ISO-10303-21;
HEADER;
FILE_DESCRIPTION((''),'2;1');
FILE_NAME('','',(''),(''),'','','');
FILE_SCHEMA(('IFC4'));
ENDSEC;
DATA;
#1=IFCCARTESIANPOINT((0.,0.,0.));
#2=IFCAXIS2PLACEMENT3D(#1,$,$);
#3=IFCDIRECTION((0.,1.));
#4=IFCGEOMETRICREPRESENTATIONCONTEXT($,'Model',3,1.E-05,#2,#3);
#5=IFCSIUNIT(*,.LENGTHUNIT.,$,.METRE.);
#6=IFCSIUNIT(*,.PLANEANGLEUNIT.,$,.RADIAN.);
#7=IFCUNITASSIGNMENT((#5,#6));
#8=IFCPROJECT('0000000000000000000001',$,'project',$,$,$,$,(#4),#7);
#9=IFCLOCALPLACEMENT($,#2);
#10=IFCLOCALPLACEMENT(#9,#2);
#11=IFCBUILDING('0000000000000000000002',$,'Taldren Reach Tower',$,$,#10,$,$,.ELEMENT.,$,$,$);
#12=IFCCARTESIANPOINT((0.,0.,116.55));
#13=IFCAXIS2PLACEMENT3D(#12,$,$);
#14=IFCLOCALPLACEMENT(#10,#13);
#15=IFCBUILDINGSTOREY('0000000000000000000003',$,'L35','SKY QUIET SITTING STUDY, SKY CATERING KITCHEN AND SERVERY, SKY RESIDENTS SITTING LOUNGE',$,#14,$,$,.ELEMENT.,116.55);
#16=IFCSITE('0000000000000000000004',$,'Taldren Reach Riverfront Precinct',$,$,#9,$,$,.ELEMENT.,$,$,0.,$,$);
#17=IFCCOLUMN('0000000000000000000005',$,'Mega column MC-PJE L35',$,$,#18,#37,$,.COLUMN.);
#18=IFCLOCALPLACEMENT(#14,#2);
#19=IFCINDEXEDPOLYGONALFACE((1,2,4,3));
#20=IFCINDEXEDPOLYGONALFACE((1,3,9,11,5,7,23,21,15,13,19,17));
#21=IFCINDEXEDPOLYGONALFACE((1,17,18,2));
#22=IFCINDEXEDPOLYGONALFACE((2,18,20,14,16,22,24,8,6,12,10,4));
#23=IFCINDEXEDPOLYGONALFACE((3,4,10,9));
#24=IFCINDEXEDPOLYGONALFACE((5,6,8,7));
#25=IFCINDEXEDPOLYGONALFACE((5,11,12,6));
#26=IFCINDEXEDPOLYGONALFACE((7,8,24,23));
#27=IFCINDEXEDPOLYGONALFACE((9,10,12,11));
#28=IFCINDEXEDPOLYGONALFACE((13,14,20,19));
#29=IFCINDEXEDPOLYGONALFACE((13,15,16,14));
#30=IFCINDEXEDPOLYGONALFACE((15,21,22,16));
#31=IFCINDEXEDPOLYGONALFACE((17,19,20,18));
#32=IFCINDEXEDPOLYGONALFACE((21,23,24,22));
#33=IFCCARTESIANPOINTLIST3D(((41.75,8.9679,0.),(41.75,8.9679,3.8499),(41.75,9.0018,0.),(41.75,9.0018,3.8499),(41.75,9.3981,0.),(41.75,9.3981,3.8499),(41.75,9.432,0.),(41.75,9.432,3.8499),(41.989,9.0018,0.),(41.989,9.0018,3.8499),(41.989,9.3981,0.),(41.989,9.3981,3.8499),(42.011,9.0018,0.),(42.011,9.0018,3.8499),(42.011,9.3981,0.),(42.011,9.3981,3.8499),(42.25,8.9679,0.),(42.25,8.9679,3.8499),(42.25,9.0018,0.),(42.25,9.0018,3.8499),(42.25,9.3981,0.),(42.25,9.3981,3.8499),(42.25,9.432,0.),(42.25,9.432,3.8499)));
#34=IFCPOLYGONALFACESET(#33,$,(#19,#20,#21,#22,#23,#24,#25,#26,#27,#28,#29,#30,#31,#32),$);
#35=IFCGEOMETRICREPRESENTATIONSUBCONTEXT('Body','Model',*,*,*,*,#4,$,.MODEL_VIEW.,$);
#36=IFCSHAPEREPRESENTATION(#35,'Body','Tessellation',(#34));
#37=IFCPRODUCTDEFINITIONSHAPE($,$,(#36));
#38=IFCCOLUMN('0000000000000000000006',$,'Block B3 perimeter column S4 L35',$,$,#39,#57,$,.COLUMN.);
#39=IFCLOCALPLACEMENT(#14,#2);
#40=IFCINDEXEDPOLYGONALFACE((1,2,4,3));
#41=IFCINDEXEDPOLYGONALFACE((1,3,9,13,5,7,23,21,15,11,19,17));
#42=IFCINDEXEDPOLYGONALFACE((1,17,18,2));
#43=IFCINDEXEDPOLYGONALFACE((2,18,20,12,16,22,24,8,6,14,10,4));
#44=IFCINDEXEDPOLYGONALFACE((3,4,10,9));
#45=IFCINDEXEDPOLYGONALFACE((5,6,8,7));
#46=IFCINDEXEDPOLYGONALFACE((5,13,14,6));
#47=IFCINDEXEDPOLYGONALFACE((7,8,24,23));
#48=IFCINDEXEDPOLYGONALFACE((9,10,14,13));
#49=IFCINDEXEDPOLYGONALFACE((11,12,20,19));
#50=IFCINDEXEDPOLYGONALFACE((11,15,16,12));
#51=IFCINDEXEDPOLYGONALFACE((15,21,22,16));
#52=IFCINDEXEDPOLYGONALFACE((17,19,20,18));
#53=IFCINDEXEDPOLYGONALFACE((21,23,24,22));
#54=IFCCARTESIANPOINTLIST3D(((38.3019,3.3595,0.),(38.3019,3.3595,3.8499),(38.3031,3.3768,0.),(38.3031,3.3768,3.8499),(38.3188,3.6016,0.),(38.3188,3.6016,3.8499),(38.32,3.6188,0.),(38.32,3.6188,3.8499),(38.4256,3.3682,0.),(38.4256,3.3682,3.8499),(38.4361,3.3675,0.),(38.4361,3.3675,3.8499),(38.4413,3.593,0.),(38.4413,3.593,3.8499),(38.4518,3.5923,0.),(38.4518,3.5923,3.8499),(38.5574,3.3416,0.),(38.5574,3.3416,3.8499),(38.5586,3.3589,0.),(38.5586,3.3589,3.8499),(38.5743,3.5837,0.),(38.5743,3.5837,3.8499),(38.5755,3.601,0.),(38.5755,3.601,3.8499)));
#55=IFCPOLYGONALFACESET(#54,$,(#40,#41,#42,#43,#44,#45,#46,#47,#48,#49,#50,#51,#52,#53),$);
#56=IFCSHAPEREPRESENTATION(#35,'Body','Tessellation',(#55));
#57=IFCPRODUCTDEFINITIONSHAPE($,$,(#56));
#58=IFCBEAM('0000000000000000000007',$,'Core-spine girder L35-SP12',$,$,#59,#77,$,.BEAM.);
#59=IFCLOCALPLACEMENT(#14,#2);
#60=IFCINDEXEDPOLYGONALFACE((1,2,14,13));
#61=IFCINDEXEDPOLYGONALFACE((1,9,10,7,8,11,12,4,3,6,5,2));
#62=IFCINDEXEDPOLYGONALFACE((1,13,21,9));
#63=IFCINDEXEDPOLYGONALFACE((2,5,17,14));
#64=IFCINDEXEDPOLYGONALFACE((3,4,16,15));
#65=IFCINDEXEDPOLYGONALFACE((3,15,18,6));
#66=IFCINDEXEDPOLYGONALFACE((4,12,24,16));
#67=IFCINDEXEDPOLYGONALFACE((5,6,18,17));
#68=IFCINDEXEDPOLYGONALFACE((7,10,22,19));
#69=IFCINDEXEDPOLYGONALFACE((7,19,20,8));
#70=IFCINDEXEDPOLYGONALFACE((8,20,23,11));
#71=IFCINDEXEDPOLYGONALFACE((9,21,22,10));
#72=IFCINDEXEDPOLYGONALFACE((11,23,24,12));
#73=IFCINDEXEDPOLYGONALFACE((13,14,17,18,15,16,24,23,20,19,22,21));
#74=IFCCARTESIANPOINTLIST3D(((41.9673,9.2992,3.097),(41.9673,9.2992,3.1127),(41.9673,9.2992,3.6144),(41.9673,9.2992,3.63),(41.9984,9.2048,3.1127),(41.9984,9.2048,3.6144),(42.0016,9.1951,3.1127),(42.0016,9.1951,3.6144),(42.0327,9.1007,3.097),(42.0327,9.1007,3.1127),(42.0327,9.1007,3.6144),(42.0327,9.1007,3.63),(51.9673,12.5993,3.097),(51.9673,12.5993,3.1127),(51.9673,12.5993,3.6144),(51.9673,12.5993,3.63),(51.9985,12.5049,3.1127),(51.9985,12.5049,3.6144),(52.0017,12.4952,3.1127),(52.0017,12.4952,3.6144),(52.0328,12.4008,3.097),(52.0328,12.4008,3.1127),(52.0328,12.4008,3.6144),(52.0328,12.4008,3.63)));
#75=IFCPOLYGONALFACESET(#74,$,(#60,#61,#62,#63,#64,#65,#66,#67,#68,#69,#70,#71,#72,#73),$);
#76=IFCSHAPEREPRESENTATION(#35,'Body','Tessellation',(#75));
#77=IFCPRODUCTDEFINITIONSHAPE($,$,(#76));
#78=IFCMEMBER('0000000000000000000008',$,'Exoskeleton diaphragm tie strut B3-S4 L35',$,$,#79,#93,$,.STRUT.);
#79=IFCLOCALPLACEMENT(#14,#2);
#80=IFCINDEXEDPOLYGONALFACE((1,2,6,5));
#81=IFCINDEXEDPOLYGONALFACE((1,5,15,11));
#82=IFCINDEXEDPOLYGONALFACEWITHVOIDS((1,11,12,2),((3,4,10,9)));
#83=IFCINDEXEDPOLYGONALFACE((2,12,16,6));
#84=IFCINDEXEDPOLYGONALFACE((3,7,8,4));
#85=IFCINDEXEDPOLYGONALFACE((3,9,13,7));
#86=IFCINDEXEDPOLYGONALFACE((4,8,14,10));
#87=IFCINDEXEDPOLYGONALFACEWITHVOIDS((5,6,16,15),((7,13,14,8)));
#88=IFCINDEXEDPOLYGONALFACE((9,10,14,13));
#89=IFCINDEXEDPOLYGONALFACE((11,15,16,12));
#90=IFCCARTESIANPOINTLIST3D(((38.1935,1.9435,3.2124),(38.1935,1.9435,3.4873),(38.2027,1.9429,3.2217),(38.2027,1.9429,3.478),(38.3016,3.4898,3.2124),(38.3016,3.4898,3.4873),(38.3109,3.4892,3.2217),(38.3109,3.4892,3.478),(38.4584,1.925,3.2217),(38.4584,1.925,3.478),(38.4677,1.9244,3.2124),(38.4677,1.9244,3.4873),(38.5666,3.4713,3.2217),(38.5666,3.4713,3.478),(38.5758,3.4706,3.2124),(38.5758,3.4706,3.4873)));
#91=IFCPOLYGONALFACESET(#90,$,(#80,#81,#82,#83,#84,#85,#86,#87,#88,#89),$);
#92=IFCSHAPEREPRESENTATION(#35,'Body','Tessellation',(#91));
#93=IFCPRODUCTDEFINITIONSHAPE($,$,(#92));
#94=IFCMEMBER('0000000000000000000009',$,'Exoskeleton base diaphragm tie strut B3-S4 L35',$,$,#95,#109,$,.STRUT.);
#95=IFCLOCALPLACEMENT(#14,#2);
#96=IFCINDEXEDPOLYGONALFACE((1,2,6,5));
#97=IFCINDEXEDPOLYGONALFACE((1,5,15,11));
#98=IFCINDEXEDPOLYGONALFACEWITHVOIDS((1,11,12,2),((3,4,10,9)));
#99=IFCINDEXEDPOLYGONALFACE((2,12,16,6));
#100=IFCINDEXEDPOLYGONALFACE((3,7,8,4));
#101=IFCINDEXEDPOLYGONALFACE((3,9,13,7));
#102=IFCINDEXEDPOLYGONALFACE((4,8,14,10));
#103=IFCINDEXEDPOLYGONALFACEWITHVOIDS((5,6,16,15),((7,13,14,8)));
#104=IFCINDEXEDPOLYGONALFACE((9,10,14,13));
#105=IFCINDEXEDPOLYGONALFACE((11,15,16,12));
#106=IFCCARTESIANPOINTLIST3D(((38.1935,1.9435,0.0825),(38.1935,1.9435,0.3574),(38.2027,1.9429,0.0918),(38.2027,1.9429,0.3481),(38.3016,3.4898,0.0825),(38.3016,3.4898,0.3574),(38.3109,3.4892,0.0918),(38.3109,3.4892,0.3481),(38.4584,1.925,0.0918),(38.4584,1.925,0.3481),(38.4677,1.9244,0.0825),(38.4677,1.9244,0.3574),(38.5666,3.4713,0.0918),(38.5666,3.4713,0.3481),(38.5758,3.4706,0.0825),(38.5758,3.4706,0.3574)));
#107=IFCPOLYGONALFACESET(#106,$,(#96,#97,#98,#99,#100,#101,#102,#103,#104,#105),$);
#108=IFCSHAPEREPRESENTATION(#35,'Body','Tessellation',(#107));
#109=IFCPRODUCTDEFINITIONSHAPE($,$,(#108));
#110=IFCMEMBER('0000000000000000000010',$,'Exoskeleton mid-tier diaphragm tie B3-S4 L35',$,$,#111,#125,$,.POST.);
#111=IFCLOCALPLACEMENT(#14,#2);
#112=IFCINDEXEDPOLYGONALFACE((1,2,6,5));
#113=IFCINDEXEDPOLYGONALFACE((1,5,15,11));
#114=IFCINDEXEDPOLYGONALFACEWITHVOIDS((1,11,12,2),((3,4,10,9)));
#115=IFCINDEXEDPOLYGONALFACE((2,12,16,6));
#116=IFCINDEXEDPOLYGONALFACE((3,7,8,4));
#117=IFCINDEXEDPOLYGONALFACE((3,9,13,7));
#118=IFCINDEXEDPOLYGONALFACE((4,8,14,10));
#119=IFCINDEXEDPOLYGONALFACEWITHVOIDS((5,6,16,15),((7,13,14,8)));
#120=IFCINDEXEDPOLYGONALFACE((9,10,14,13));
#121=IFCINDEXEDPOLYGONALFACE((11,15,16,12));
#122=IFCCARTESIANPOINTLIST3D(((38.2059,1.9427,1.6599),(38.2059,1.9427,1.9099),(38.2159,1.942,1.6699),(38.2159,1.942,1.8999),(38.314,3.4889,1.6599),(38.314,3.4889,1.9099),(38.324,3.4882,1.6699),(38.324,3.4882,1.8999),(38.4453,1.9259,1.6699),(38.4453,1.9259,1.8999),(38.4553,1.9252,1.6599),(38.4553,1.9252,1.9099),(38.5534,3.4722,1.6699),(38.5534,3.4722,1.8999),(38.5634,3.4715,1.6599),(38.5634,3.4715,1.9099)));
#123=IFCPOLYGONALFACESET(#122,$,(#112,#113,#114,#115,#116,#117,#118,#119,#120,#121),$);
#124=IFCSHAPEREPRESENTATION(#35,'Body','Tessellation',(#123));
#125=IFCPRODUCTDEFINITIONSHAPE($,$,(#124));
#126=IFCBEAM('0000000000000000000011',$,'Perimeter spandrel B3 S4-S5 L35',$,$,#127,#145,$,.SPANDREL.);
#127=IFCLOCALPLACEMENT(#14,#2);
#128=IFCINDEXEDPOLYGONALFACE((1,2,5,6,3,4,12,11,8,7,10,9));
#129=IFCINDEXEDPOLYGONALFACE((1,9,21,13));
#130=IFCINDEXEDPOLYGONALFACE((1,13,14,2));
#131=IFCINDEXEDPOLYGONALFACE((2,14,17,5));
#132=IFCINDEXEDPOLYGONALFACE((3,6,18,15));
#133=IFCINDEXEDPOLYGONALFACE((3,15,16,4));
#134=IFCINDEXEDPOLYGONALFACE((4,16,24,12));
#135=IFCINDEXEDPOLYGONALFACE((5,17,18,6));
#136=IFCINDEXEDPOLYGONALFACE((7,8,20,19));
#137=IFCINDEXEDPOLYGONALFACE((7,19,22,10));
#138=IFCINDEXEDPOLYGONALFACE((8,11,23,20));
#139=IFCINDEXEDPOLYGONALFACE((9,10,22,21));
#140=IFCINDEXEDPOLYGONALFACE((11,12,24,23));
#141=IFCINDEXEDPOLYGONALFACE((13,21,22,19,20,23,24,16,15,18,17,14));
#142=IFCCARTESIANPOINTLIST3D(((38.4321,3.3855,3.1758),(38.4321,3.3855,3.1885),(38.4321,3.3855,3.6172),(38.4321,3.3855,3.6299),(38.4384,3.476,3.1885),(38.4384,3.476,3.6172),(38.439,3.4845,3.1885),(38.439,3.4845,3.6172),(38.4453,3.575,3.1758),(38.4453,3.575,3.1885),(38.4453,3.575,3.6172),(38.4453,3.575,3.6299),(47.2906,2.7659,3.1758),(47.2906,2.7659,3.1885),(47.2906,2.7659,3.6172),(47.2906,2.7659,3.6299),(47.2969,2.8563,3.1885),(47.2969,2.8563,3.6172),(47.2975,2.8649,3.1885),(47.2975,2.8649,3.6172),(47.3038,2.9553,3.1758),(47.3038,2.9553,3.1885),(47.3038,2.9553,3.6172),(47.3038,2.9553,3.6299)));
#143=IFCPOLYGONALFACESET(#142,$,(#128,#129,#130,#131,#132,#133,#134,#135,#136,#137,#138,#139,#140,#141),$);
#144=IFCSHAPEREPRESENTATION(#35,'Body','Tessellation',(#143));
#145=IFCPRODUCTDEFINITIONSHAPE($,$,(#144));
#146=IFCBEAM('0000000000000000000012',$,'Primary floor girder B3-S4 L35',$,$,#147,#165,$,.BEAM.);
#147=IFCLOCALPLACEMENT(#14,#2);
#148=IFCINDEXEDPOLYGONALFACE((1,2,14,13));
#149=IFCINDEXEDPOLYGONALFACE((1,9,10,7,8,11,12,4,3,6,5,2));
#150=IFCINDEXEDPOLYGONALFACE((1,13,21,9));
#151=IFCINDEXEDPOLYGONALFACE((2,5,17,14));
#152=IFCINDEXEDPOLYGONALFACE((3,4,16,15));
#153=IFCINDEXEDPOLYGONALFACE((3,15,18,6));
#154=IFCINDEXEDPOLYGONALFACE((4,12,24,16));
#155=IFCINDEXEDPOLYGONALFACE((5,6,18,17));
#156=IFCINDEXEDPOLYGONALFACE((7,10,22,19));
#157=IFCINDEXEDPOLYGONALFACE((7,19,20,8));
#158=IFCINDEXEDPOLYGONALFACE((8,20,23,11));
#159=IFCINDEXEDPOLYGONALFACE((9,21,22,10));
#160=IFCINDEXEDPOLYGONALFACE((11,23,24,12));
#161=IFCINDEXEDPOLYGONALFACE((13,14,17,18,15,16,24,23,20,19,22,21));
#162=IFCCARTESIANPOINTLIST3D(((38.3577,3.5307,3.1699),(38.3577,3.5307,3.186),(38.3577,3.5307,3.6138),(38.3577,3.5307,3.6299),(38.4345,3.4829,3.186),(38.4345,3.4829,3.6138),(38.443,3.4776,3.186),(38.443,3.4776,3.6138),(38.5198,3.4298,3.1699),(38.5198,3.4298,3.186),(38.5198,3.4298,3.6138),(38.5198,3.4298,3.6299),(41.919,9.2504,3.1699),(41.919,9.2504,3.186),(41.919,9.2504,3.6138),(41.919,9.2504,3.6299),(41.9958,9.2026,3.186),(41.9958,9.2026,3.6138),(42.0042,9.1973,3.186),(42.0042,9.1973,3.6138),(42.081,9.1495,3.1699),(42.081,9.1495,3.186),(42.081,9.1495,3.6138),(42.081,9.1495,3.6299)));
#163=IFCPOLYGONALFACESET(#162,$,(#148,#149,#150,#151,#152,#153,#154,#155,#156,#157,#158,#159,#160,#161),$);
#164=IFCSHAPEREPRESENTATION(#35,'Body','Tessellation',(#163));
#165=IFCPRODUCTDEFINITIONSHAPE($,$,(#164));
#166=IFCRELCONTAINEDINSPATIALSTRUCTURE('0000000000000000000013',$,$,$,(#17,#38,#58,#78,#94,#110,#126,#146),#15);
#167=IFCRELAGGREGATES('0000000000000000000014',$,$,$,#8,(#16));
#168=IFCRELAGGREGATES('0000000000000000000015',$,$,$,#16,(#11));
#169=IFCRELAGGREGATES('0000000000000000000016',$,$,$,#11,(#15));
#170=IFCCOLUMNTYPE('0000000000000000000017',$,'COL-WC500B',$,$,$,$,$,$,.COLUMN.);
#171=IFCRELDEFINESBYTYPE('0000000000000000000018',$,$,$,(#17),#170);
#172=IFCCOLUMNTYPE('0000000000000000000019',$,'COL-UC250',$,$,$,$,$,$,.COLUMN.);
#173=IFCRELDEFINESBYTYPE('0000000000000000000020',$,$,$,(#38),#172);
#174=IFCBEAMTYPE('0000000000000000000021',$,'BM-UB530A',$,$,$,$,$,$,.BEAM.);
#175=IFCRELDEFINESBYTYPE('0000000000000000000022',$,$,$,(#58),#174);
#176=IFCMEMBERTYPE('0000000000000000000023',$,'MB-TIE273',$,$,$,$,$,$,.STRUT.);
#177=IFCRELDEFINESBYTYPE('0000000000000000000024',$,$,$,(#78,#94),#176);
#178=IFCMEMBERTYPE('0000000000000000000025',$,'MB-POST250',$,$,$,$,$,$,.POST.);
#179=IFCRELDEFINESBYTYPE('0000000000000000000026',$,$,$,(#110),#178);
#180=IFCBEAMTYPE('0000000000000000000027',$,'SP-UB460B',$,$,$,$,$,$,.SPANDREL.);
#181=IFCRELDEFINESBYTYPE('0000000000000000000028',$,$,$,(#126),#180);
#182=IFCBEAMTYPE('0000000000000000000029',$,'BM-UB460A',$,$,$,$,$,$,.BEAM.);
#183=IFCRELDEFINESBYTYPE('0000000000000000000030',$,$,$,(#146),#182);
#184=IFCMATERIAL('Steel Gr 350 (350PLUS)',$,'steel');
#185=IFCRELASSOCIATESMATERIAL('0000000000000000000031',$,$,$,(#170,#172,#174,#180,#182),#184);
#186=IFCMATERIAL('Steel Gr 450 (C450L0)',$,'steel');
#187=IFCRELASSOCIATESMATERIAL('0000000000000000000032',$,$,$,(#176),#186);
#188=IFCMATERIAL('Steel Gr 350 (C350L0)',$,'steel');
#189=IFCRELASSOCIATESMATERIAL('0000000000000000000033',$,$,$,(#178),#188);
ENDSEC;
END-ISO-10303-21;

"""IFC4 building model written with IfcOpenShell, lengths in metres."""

from ifc_helpers import new_model, si_unit, direction, frame, origin, origin_2d, place, context, subcontext, project, spatial, hollow_rectangle, i_section, extrude, source, transform, mapped, material, material_profile, profile_set, type_object, element, save


model = new_model("IFC4")

# Units and contexts
model_context = context("Model", 3, precision=1e-05, world=origin(), true_north=direction((0.0, 1.0)))
body_context = subcontext(model_context, "Body", "Model", "MODEL_VIEW")
ifc_project = project(units=[si_unit("LENGTHUNIT", "METRE"), si_unit("PLANEANGLEUNIT", "RADIAN")], contexts=[model_context])

# Site, building, storey
site_placement = place(None, origin())
site = spatial("IfcSite", under=ifc_project, at=site_placement, Name="Taldren Reach Riverfront Precinct", CompositionType="ELEMENT", RefElevation=0.0)
building_placement = place(site_placement, origin())
building = spatial("IfcBuilding", under=site, at=building_placement, Name="Taldren Reach Tower", CompositionType="ELEMENT")
storey_placement = place(building_placement, frame((0.0, 0.0, 116.55)))
storey = spatial("IfcBuildingStorey", under=building, at=storey_placement, Name="L35", Description="SKY QUIET SITTING STUDY, SKY CATERING KITCHEN AND SERVERY, SKY RESIDENTS SITTING LOUNGE", CompositionType="ELEMENT", Elevation=116.55)

# Columns
ifc_material_1 = material(Name="Steel Gr 350 (350PLUS)", Category="steel")
ifc_material_profile_1 = material_profile(ifc_material_1, i_section(OverallWidth=0.5, OverallDepth=0.4641, WebThickness=0.022, FlangeThickness=0.0339, at=origin_2d()), Name="500WC340")
ifc_profile_set_1 = profile_set([ifc_material_profile_1], Name="Steel Gr 350 (350PLUS)")
column_type_1 = type_object("IfcColumnType", Name="COL-WC500B", PredefinedType="COLUMN", material=ifc_profile_set_1)
shared_shape_1 = source(origin(), body_context, "Body", "SweptSolid", [
    extrude(i_section(OverallWidth=0.5, OverallDepth=0.4641, WebThickness=0.022, FlangeThickness=0.0339, at=origin_2d()), origin(), (0.0, 0.0, 1.0), 3.8499),
])
column_1_placement = place(storey_placement, frame((42.0, 9.2, 0.0), z_axis=(0.0, 0.0, 1.0), x_axis=(1.0, 0.0, 0.0)))
element("IfcColumn", 1, at=column_1_placement, inside=storey, type_object=column_type_1, Name="Mega column MC-PJE L35", PredefinedType="COLUMN", context=body_context, shape_type="MappedRepresentation", body=[
    mapped(shared_shape_1, transform((0.0, 0.0, 0.0), scale=1.0)),
])
ifc_material_profile_2 = material_profile(ifc_material_1, i_section(OverallWidth=0.2561, OverallDepth=0.26, WebThickness=0.0105, FlangeThickness=0.0173, at=origin_2d()), Name="250UC89.5")
ifc_profile_set_2 = profile_set([ifc_material_profile_2], Name="Steel Gr 350 (350PLUS)")
column_type_2 = type_object("IfcColumnType", Name="COL-UC250", PredefinedType="COLUMN", material=ifc_profile_set_2)
shared_shape_2 = source(origin(), body_context, "Body", "SweptSolid", [
    extrude(i_section(OverallWidth=0.2561, OverallDepth=0.26, WebThickness=0.0105, FlangeThickness=0.0173, at=origin_2d()), origin(), (0.0, 0.0, 1.0), 3.8499),
])
column_2_placement = place(storey_placement, frame((38.4387, 3.4802, 0.0), z_axis=(0.0, 0.0, 1.0), x_axis=(0.997564, -0.069756, 0.0)))
element("IfcColumn", 2, at=column_2_placement, inside=storey, type_object=column_type_2, Name="Block B3 perimeter column S4 L35", PredefinedType="COLUMN", context=body_context, shape_type="MappedRepresentation", body=[
    mapped(shared_shape_2, transform((0.0, 0.0, 0.0), scale=1.0)),
])

# Beam
ifc_material_profile_3 = material_profile(ifc_material_1, i_section(OverallWidth=0.209, OverallDepth=0.533, WebThickness=0.0103, FlangeThickness=0.0156, at=origin_2d()), Name="530UB92.4")
ifc_profile_set_3 = profile_set([ifc_material_profile_3], Name="Steel Gr 350 (350PLUS)")
beam_type_1 = type_object("IfcBeamType", Name="BM-UB530A", PredefinedType="BEAM", material=ifc_profile_set_3)
shared_shape_3 = source(origin(), body_context, "Body", "SweptSolid", [
    extrude(i_section(OverallWidth=0.209, OverallDepth=0.533, WebThickness=0.0103, FlangeThickness=0.0156, at=origin_2d()), origin(), (0.0, 0.0, 1.0), 10.5305),
])
beam_1_placement = place(storey_placement, frame((42.0, 9.2, 3.3635), z_axis=(0.949627, 0.313382, 0.0), x_axis=(-0.313382, 0.949627, 0.0)))
element("IfcBeam", 3, at=beam_1_placement, inside=storey, type_object=beam_type_1, Name="Core-spine girder L35-SP12", PredefinedType="BEAM", context=body_context, shape_type="MappedRepresentation", body=[
    mapped(shared_shape_3, transform((0.0, 0.0, 0.0), scale=1.0)),
])

# Members
ifc_material_2 = material(Name="Steel Gr 450 (C450L0)", Category="steel")
ifc_material_profile_4 = material_profile(ifc_material_2, hollow_rectangle(XDim=0.2749, YDim=0.2749, WallThickness=0.0093, at=origin_2d()), Name="275x275x9.3SHS")
ifc_profile_set_4 = profile_set([ifc_material_profile_4], Name="Steel Gr 450 (C450L0)")
member_type_1 = type_object("IfcMemberType", Name="MB-TIE273", PredefinedType="STRUT", material=ifc_profile_set_4)
shared_shape_4 = source(origin(), body_context, "Body", "SweptSolid", [
    extrude(hollow_rectangle(XDim=0.2749, YDim=0.2749, WallThickness=0.0093, at=origin_2d()), origin(), (0.0, 0.0, 1.0), 1.55),
])
for number, where, z_axis, x_axis, name in (
    (4, (38.4387, 3.4802, 3.3499), (-0.06977, -0.997563, 0.0), (0.997563, -0.06977, 0.0), "Exoskeleton diaphragm tie strut B3-S4 L35"),
    (5, (38.4387, 3.4802, 0.22), (-0.06977, -0.997563, 0.0), (0.997563, -0.06977, 0.0), "Exoskeleton base diaphragm tie strut B3-S4 L35"),
):
    element("IfcMember", number, at=place(storey_placement, frame(where, z_axis=z_axis, x_axis=x_axis)), inside=storey, type_object=member_type_1, Name=name, PredefinedType="STRUT", context=body_context, shape_type="MappedRepresentation", body=[
        mapped(shared_shape_4, transform((0.0, 0.0, 0.0), scale=1.0)),
    ])
ifc_material_3 = material(Name="Steel Gr 350 (C350L0)", Category="steel")
ifc_material_profile_5 = material_profile(ifc_material_3, hollow_rectangle(XDim=0.25, YDim=0.25, WallThickness=0.01, at=origin_2d()), Name="250x250x10.0SHS")
ifc_profile_set_5 = profile_set([ifc_material_profile_5], Name="Steel Gr 350 (C350L0)")
member_type_2 = type_object("IfcMemberType", Name="MB-POST250", PredefinedType="POST", material=ifc_profile_set_5)
shared_shape_5 = source(origin(), body_context, "Body", "SweptSolid", [
    extrude(hollow_rectangle(XDim=0.25, YDim=0.25, WallThickness=0.01, at=origin_2d()), origin(), (0.0, 0.0, 1.0), 1.55),
])
member_1_placement = place(storey_placement, frame((38.4387, 3.4802, 1.7849), z_axis=(-0.06977, -0.997563, 0.0), x_axis=(0.997563, -0.06977, 0.0)))
element("IfcMember", 6, at=member_1_placement, inside=storey, type_object=member_type_2, Name="Exoskeleton mid-tier diaphragm tie B3-S4 L35", PredefinedType="POST", context=body_context, shape_type="MappedRepresentation", body=[
    mapped(shared_shape_5, transform((0.0, 0.0, 0.0), scale=1.0)),
])

# Beams
ifc_material_profile_6 = material_profile(ifc_material_1, i_section(OverallWidth=0.1899, OverallDepth=0.4541, WebThickness=0.0085, FlangeThickness=0.0127, at=origin_2d()), Name="460UB67.1")
ifc_profile_set_6 = profile_set([ifc_material_profile_6], Name="Steel Gr 350 (350PLUS)")
beam_type_2 = type_object("IfcBeamType", Name="SP-UB460B", PredefinedType="SPANDREL", material=ifc_profile_set_6)
shared_shape_6 = source(origin(), body_context, "Body", "SweptSolid", [
    extrude(i_section(OverallWidth=0.1899, OverallDepth=0.4541, WebThickness=0.0085, FlangeThickness=0.0127, at=origin_2d()), origin(), (0.0, 0.0, 1.0), 8.8801),
])
beam_2_placement = place(storey_placement, frame((38.4387, 3.4802, 3.4028), z_axis=(0.997563, -0.069778, 0.0), x_axis=(0.069778, 0.997563, 0.0)))
element("IfcBeam", 7, at=beam_2_placement, inside=storey, type_object=beam_type_2, Name="Perimeter spandrel B3 S4-S5 L35", PredefinedType="SPANDREL", context=body_context, shape_type="MappedRepresentation", body=[
    mapped(shared_shape_6, transform((0.0, 0.0, 0.0), scale=1.0)),
])
ifc_material_profile_7 = material_profile(ifc_material_1, i_section(OverallWidth=0.1909, OverallDepth=0.46, WebThickness=0.01, FlangeThickness=0.0161, at=origin_2d()), Name="460UB82.1")
ifc_profile_set_7 = profile_set([ifc_material_profile_7], Name="Steel Gr 350 (350PLUS)")
beam_type_3 = type_object("IfcBeamType", Name="BM-UB460A", PredefinedType="BEAM", material=ifc_profile_set_7)
shared_shape_7 = source(origin(), body_context, "Body", "SweptSolid", [
    extrude(i_section(OverallWidth=0.1909, OverallDepth=0.46, WebThickness=0.01, FlangeThickness=0.0161, at=origin_2d()), origin(), (0.0, 0.0, 1.0), 6.7378),
])
beam_3_placement = place(storey_placement, frame((42.0, 9.2, 3.3999), z_axis=(-0.528552, -0.848901, 0.0), x_axis=(0.848901, -0.528552, 0.0)))
element("IfcBeam", 8, at=beam_3_placement, inside=storey, type_object=beam_type_3, Name="Primary floor girder B3-S4 L35", PredefinedType="BEAM", context=body_context, shape_type="MappedRepresentation", body=[
    mapped(shared_shape_7, transform((0.0, 0.0, 0.0), scale=1.0)),
])

save(model, "model.ifc")
